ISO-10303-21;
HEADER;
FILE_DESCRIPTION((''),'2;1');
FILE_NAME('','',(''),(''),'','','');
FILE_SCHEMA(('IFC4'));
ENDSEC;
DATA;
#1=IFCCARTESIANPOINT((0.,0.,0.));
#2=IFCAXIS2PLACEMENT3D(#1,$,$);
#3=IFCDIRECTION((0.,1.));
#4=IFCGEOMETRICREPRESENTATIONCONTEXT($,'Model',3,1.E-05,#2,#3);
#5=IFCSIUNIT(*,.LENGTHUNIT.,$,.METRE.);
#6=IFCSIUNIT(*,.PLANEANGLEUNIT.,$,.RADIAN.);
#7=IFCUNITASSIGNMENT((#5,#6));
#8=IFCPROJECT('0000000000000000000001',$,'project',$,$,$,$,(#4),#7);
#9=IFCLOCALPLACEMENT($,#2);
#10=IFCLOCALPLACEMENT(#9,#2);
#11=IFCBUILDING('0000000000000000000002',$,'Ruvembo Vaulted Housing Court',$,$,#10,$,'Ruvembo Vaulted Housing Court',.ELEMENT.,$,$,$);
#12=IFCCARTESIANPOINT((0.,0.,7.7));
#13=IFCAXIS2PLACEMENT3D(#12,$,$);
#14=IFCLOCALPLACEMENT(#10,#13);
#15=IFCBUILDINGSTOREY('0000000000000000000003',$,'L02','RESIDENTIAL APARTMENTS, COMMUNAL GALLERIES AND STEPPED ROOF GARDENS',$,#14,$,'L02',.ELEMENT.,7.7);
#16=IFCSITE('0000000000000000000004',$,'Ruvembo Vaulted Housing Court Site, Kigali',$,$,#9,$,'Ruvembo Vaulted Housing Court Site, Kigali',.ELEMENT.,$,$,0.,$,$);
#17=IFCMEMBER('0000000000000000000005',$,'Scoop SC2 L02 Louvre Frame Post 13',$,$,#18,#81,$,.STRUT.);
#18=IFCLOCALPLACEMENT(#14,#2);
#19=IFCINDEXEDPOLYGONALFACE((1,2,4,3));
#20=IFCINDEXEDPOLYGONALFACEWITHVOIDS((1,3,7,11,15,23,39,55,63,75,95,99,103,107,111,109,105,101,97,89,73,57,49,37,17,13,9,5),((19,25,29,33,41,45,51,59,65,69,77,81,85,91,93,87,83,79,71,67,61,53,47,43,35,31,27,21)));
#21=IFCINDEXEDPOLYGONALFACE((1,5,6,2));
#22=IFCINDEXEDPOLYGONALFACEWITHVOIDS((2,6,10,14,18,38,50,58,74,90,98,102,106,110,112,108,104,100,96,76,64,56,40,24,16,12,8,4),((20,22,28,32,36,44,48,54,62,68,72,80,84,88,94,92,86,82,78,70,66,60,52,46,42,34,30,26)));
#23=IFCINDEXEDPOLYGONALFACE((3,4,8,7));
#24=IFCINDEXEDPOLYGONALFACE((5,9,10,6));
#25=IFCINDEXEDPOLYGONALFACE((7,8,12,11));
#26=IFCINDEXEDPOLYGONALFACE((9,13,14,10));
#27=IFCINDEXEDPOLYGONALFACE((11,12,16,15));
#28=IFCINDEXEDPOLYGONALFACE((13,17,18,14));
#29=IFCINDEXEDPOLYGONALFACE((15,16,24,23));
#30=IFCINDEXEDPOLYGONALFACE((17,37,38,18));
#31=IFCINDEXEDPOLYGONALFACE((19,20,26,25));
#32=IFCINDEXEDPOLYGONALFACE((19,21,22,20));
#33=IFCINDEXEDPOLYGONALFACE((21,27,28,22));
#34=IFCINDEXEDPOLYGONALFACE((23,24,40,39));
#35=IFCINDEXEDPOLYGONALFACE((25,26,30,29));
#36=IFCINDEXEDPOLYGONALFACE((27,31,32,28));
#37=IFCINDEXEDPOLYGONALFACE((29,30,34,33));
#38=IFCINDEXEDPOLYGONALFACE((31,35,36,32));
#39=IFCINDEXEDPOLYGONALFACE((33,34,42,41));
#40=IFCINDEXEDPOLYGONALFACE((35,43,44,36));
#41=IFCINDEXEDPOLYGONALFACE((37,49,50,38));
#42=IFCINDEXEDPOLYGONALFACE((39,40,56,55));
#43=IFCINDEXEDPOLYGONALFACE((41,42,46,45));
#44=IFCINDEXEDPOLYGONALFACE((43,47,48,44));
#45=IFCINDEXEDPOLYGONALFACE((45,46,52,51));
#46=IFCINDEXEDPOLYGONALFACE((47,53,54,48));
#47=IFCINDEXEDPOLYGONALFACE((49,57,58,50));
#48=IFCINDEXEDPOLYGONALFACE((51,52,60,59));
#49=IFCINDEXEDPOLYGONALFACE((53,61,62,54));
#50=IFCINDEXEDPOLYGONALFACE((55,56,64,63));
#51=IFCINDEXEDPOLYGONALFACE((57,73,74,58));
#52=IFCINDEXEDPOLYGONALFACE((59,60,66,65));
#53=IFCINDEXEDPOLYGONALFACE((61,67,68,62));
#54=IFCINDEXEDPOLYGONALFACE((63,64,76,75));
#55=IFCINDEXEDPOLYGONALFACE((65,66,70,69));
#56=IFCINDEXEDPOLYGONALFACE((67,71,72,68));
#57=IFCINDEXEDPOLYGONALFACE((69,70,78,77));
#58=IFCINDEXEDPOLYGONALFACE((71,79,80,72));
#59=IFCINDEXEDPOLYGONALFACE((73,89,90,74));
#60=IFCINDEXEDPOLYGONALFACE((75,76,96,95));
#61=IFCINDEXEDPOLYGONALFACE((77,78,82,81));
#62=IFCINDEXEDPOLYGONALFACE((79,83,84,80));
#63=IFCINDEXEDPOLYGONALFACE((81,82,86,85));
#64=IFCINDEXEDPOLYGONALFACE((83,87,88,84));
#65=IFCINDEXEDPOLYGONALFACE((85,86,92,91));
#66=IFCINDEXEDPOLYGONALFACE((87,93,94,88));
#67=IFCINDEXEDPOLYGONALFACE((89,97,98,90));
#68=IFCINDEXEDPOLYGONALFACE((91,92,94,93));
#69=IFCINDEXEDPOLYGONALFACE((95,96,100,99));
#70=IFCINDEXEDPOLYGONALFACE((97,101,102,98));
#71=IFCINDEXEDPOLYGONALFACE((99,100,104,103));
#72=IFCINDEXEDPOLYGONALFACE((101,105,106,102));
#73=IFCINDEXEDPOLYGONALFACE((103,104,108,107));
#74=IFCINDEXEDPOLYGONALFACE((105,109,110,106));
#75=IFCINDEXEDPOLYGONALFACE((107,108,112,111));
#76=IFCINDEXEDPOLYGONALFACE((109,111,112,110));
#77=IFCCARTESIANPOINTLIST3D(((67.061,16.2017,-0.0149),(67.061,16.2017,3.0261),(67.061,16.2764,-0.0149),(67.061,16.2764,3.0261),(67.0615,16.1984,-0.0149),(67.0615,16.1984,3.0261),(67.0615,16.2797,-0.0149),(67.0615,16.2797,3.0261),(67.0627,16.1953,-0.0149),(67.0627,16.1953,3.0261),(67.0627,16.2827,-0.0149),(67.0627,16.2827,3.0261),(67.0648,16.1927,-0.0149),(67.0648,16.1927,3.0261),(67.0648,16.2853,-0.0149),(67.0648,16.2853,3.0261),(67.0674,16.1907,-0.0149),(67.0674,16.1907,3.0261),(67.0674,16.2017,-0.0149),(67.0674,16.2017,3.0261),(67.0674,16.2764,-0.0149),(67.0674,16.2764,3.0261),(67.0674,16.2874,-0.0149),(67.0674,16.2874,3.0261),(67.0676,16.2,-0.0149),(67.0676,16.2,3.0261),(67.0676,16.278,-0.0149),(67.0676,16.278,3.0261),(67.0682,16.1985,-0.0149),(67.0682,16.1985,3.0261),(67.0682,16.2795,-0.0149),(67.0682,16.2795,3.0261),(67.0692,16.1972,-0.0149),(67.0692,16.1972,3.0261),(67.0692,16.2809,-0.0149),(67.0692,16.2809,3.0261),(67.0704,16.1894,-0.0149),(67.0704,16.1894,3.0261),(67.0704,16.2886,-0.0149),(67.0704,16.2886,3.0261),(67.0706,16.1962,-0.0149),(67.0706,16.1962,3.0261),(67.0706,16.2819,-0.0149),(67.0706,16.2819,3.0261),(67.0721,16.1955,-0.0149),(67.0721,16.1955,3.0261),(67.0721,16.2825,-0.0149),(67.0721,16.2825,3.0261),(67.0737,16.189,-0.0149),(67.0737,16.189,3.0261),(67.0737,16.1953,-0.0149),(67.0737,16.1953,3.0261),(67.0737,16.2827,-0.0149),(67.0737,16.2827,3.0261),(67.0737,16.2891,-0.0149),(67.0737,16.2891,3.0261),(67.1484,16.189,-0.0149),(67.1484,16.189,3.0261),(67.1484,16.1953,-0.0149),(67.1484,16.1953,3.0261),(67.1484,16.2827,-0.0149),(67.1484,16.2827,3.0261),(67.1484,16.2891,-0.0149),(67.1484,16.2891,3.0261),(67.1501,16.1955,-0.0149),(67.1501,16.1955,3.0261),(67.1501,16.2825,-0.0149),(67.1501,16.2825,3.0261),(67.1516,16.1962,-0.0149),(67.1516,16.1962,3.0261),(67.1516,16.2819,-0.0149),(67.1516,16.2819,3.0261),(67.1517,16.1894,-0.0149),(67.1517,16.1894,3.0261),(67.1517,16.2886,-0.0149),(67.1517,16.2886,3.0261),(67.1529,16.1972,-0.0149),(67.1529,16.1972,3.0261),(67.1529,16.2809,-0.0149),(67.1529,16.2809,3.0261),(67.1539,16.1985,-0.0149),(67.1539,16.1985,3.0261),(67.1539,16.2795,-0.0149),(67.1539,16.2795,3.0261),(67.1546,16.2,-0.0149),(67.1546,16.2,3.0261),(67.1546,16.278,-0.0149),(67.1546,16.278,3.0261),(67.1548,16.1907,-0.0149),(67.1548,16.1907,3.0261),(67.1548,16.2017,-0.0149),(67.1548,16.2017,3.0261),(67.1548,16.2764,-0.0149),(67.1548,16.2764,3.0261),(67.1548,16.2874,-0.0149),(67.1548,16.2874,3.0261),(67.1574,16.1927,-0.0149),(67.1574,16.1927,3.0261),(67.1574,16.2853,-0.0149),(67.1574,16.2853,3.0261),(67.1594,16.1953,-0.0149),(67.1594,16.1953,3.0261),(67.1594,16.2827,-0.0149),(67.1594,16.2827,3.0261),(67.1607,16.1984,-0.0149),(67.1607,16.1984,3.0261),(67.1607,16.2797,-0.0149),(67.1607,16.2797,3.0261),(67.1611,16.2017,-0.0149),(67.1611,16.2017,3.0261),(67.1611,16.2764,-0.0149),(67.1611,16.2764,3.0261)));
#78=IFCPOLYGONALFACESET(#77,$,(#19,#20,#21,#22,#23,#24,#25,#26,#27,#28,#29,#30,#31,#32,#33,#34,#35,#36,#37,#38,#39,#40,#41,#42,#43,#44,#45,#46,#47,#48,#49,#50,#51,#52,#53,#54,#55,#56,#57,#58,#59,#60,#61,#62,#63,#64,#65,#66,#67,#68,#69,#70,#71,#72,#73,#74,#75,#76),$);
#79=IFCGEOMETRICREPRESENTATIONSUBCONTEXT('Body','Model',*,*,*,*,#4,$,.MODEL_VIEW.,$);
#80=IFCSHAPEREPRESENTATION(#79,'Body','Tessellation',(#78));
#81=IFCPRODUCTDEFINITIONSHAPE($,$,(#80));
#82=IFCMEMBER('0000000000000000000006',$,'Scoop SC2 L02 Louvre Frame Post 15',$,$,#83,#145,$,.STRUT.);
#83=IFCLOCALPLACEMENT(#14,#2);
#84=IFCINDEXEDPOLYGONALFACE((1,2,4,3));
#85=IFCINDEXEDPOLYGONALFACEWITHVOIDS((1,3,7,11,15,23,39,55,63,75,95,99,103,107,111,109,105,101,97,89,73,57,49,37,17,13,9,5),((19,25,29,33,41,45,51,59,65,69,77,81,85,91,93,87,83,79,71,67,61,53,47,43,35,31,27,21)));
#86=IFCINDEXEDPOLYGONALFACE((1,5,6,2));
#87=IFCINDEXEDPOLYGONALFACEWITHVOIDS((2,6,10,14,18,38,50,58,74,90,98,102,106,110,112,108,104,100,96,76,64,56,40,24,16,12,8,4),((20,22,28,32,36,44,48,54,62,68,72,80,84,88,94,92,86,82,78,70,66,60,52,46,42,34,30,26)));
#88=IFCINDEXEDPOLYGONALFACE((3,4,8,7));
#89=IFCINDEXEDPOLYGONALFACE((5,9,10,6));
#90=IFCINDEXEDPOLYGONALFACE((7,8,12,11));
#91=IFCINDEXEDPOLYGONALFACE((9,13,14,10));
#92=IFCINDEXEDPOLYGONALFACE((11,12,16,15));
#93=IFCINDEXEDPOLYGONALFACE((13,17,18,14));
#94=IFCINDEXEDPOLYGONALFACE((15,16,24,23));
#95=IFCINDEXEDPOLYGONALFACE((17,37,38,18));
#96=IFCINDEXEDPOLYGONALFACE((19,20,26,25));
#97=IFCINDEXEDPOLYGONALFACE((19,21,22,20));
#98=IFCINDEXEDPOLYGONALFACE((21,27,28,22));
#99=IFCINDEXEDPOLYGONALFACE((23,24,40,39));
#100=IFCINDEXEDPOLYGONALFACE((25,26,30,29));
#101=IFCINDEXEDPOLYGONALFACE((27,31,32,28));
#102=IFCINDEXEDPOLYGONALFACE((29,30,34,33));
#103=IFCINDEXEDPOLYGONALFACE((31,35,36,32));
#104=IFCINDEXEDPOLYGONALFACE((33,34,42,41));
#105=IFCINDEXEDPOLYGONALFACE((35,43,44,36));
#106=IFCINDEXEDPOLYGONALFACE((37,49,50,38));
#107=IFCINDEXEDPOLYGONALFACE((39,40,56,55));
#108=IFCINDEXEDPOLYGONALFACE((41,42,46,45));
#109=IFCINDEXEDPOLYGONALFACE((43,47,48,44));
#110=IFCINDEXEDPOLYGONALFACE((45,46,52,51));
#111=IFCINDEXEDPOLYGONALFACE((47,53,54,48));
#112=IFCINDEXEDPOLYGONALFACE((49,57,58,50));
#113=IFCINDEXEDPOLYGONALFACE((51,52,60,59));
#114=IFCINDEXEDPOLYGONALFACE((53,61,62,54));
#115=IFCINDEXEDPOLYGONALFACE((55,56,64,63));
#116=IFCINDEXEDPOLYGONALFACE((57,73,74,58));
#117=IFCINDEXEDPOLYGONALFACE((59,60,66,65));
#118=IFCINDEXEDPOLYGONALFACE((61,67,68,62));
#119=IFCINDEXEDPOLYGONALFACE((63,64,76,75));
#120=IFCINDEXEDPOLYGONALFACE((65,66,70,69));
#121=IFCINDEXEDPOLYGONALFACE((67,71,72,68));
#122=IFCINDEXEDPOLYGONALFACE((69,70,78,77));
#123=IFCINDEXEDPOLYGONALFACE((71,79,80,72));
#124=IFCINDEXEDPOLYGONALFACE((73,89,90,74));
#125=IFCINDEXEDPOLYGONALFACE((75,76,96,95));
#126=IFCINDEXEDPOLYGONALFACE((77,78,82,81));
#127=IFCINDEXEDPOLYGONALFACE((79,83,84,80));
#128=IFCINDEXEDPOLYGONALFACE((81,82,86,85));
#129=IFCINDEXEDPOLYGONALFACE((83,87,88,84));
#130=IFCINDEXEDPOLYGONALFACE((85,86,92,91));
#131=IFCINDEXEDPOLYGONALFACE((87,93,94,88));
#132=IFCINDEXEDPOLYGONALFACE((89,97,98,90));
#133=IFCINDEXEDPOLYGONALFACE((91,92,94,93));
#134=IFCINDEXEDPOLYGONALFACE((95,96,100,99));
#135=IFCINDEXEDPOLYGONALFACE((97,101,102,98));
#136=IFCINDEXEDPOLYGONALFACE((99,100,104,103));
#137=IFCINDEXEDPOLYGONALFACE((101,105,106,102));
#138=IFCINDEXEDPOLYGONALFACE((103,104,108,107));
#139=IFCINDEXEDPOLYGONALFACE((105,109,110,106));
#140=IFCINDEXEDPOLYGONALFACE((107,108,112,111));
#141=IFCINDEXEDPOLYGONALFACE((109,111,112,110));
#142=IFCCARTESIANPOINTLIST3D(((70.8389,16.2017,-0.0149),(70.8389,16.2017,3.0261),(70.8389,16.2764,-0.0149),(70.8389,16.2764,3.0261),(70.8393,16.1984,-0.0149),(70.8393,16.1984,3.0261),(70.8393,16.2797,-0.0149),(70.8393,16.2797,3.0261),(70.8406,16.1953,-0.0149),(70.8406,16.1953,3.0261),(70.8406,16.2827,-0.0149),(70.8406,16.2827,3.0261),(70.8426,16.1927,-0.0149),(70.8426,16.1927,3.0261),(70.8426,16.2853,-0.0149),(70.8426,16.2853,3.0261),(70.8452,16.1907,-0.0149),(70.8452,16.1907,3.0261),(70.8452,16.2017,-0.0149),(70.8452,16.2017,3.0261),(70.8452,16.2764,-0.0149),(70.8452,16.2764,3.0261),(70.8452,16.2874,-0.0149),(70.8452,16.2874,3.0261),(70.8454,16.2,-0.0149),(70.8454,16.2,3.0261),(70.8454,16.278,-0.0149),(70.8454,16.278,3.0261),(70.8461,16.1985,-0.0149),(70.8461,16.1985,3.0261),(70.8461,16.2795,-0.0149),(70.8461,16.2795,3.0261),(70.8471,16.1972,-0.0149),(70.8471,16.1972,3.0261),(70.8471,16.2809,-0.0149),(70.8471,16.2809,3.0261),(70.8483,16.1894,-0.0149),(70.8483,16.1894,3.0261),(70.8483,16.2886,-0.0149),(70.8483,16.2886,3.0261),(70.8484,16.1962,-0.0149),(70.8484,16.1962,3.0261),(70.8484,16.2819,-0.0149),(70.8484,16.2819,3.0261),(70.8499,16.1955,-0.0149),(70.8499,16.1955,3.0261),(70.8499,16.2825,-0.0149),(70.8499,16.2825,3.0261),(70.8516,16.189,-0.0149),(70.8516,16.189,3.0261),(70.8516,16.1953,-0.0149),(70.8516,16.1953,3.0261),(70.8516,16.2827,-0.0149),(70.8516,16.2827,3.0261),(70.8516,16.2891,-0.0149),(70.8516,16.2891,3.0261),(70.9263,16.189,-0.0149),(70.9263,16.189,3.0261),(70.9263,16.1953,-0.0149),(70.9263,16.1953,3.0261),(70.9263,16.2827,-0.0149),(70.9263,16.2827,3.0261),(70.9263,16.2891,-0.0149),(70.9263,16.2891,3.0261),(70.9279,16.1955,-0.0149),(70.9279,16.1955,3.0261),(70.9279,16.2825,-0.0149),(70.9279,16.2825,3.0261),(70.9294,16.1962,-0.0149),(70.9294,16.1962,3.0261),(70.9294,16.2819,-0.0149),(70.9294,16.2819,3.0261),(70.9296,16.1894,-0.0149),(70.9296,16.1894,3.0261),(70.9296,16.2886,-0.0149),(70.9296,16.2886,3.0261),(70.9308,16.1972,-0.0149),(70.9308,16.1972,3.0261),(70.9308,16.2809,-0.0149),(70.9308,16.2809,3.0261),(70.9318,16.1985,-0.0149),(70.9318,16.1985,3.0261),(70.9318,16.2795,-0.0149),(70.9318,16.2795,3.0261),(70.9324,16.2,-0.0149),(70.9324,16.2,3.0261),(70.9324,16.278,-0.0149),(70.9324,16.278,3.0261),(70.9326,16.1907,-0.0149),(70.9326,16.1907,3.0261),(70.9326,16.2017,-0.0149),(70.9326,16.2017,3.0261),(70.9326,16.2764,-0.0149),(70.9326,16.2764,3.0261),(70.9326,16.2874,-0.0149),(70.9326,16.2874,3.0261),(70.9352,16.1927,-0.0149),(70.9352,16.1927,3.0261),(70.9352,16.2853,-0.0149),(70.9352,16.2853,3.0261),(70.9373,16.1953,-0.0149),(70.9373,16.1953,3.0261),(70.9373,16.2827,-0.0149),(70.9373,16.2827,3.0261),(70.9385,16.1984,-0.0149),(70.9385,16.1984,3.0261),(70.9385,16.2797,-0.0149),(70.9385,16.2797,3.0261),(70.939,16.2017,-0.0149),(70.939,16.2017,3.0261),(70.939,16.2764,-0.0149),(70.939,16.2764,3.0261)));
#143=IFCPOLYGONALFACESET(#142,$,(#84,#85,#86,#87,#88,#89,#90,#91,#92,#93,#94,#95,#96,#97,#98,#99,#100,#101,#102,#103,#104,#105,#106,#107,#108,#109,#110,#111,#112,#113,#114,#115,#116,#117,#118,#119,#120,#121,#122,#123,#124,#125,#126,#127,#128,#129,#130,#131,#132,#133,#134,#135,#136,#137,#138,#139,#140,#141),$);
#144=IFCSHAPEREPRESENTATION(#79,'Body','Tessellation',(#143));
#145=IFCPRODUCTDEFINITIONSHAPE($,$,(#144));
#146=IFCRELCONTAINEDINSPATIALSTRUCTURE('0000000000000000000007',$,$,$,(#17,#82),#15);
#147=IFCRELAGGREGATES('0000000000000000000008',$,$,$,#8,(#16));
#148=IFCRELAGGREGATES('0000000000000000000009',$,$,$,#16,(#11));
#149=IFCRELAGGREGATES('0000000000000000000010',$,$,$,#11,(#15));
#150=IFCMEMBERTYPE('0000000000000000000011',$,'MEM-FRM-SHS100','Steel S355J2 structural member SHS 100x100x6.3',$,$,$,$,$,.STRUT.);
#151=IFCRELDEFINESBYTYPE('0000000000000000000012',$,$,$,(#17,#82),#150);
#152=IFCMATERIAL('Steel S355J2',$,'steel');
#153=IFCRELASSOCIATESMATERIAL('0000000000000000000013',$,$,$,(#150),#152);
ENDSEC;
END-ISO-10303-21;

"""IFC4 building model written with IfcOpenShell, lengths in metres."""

from ifc_helpers import new_model, si_unit, direction, frame, origin, origin_2d, place, context, subcontext, project, spatial, hollow_rectangle, extrude, material, material_profile, profile_set, type_object, element, save


model = new_model("IFC4")

# Units and contexts
model_context = context("Model", 3, precision=1e-05, world=origin(), true_north=direction((0.0, 1.0)))
body_context = subcontext(model_context, "Body", "Model", "MODEL_VIEW")
ifc_project = project(units=[si_unit("LENGTHUNIT", "METRE"), si_unit("PLANEANGLEUNIT", "RADIAN")], contexts=[model_context])

# Site, building, storey
site_placement = place(None, origin())
site = spatial("IfcSite", under=ifc_project, at=site_placement, Name="Ruvembo Vaulted Housing Court Site, Kigali", LongName="Ruvembo Vaulted Housing Court Site, Kigali", CompositionType="ELEMENT", RefElevation=0.0)
building_placement = place(site_placement, origin())
building = spatial("IfcBuilding", under=site, at=building_placement, Name="Ruvembo Vaulted Housing Court", LongName="Ruvembo Vaulted Housing Court", CompositionType="ELEMENT")
storey_placement = place(building_placement, frame((0.0, 0.0, 7.7)))
storey = spatial("IfcBuildingStorey", under=building, at=storey_placement, Name="L02", Description="RESIDENTIAL APARTMENTS, COMMUNAL GALLERIES AND STEPPED ROOF GARDENS", LongName="L02", CompositionType="ELEMENT", Elevation=7.7)

# Shared definitions
ifc_material_1 = material(Name="Steel S355J2", Category="steel")

# Members
ifc_material_profile_1 = material_profile(ifc_material_1, hollow_rectangle(XDim=0.1001, YDim=0.1001, WallThickness=0.0063, InnerFilletRadius=0.0063, OuterFilletRadius=0.0127, at=origin_2d()), Name="SHS 100x100x6.3")
ifc_profile_set_1 = profile_set([ifc_material_profile_1], Name="Steel S355J2")
member_type_1 = type_object("IfcMemberType", Name="MEM-FRM-SHS100", Description="Steel S355J2 structural member SHS 100x100x6.3", PredefinedType="STRUT", material=ifc_profile_set_1)
for number, where, z_axis, x_axis, name in (
    (1, (67.1111, 16.239, -0.0149), (0.0, 0.0, 1.0), (1.0, 0.0, 0.0), "Scoop SC2 L02 Louvre Frame Post 13"),
    (2, (70.8889, 16.239, -0.0149), (0.0, 0.0, 1.0), (1.0, 0.0, 0.0), "Scoop SC2 L02 Louvre Frame Post 15"),
):
    element("IfcMember", number, at=place(storey_placement, frame(where, z_axis=z_axis, x_axis=x_axis)), inside=storey, type_object=member_type_1, Name=name, PredefinedType="STRUT", context=body_context, shape_type="SweptSolid", body=[
        extrude(hollow_rectangle(XDim=0.1001, YDim=0.1001, WallThickness=0.0063, InnerFilletRadius=0.0063, OuterFilletRadius=0.0127, at=origin_2d()), origin(), (0.0, 0.0, 1.0), 3.041),
    ])

save(model, "model.ifc")
